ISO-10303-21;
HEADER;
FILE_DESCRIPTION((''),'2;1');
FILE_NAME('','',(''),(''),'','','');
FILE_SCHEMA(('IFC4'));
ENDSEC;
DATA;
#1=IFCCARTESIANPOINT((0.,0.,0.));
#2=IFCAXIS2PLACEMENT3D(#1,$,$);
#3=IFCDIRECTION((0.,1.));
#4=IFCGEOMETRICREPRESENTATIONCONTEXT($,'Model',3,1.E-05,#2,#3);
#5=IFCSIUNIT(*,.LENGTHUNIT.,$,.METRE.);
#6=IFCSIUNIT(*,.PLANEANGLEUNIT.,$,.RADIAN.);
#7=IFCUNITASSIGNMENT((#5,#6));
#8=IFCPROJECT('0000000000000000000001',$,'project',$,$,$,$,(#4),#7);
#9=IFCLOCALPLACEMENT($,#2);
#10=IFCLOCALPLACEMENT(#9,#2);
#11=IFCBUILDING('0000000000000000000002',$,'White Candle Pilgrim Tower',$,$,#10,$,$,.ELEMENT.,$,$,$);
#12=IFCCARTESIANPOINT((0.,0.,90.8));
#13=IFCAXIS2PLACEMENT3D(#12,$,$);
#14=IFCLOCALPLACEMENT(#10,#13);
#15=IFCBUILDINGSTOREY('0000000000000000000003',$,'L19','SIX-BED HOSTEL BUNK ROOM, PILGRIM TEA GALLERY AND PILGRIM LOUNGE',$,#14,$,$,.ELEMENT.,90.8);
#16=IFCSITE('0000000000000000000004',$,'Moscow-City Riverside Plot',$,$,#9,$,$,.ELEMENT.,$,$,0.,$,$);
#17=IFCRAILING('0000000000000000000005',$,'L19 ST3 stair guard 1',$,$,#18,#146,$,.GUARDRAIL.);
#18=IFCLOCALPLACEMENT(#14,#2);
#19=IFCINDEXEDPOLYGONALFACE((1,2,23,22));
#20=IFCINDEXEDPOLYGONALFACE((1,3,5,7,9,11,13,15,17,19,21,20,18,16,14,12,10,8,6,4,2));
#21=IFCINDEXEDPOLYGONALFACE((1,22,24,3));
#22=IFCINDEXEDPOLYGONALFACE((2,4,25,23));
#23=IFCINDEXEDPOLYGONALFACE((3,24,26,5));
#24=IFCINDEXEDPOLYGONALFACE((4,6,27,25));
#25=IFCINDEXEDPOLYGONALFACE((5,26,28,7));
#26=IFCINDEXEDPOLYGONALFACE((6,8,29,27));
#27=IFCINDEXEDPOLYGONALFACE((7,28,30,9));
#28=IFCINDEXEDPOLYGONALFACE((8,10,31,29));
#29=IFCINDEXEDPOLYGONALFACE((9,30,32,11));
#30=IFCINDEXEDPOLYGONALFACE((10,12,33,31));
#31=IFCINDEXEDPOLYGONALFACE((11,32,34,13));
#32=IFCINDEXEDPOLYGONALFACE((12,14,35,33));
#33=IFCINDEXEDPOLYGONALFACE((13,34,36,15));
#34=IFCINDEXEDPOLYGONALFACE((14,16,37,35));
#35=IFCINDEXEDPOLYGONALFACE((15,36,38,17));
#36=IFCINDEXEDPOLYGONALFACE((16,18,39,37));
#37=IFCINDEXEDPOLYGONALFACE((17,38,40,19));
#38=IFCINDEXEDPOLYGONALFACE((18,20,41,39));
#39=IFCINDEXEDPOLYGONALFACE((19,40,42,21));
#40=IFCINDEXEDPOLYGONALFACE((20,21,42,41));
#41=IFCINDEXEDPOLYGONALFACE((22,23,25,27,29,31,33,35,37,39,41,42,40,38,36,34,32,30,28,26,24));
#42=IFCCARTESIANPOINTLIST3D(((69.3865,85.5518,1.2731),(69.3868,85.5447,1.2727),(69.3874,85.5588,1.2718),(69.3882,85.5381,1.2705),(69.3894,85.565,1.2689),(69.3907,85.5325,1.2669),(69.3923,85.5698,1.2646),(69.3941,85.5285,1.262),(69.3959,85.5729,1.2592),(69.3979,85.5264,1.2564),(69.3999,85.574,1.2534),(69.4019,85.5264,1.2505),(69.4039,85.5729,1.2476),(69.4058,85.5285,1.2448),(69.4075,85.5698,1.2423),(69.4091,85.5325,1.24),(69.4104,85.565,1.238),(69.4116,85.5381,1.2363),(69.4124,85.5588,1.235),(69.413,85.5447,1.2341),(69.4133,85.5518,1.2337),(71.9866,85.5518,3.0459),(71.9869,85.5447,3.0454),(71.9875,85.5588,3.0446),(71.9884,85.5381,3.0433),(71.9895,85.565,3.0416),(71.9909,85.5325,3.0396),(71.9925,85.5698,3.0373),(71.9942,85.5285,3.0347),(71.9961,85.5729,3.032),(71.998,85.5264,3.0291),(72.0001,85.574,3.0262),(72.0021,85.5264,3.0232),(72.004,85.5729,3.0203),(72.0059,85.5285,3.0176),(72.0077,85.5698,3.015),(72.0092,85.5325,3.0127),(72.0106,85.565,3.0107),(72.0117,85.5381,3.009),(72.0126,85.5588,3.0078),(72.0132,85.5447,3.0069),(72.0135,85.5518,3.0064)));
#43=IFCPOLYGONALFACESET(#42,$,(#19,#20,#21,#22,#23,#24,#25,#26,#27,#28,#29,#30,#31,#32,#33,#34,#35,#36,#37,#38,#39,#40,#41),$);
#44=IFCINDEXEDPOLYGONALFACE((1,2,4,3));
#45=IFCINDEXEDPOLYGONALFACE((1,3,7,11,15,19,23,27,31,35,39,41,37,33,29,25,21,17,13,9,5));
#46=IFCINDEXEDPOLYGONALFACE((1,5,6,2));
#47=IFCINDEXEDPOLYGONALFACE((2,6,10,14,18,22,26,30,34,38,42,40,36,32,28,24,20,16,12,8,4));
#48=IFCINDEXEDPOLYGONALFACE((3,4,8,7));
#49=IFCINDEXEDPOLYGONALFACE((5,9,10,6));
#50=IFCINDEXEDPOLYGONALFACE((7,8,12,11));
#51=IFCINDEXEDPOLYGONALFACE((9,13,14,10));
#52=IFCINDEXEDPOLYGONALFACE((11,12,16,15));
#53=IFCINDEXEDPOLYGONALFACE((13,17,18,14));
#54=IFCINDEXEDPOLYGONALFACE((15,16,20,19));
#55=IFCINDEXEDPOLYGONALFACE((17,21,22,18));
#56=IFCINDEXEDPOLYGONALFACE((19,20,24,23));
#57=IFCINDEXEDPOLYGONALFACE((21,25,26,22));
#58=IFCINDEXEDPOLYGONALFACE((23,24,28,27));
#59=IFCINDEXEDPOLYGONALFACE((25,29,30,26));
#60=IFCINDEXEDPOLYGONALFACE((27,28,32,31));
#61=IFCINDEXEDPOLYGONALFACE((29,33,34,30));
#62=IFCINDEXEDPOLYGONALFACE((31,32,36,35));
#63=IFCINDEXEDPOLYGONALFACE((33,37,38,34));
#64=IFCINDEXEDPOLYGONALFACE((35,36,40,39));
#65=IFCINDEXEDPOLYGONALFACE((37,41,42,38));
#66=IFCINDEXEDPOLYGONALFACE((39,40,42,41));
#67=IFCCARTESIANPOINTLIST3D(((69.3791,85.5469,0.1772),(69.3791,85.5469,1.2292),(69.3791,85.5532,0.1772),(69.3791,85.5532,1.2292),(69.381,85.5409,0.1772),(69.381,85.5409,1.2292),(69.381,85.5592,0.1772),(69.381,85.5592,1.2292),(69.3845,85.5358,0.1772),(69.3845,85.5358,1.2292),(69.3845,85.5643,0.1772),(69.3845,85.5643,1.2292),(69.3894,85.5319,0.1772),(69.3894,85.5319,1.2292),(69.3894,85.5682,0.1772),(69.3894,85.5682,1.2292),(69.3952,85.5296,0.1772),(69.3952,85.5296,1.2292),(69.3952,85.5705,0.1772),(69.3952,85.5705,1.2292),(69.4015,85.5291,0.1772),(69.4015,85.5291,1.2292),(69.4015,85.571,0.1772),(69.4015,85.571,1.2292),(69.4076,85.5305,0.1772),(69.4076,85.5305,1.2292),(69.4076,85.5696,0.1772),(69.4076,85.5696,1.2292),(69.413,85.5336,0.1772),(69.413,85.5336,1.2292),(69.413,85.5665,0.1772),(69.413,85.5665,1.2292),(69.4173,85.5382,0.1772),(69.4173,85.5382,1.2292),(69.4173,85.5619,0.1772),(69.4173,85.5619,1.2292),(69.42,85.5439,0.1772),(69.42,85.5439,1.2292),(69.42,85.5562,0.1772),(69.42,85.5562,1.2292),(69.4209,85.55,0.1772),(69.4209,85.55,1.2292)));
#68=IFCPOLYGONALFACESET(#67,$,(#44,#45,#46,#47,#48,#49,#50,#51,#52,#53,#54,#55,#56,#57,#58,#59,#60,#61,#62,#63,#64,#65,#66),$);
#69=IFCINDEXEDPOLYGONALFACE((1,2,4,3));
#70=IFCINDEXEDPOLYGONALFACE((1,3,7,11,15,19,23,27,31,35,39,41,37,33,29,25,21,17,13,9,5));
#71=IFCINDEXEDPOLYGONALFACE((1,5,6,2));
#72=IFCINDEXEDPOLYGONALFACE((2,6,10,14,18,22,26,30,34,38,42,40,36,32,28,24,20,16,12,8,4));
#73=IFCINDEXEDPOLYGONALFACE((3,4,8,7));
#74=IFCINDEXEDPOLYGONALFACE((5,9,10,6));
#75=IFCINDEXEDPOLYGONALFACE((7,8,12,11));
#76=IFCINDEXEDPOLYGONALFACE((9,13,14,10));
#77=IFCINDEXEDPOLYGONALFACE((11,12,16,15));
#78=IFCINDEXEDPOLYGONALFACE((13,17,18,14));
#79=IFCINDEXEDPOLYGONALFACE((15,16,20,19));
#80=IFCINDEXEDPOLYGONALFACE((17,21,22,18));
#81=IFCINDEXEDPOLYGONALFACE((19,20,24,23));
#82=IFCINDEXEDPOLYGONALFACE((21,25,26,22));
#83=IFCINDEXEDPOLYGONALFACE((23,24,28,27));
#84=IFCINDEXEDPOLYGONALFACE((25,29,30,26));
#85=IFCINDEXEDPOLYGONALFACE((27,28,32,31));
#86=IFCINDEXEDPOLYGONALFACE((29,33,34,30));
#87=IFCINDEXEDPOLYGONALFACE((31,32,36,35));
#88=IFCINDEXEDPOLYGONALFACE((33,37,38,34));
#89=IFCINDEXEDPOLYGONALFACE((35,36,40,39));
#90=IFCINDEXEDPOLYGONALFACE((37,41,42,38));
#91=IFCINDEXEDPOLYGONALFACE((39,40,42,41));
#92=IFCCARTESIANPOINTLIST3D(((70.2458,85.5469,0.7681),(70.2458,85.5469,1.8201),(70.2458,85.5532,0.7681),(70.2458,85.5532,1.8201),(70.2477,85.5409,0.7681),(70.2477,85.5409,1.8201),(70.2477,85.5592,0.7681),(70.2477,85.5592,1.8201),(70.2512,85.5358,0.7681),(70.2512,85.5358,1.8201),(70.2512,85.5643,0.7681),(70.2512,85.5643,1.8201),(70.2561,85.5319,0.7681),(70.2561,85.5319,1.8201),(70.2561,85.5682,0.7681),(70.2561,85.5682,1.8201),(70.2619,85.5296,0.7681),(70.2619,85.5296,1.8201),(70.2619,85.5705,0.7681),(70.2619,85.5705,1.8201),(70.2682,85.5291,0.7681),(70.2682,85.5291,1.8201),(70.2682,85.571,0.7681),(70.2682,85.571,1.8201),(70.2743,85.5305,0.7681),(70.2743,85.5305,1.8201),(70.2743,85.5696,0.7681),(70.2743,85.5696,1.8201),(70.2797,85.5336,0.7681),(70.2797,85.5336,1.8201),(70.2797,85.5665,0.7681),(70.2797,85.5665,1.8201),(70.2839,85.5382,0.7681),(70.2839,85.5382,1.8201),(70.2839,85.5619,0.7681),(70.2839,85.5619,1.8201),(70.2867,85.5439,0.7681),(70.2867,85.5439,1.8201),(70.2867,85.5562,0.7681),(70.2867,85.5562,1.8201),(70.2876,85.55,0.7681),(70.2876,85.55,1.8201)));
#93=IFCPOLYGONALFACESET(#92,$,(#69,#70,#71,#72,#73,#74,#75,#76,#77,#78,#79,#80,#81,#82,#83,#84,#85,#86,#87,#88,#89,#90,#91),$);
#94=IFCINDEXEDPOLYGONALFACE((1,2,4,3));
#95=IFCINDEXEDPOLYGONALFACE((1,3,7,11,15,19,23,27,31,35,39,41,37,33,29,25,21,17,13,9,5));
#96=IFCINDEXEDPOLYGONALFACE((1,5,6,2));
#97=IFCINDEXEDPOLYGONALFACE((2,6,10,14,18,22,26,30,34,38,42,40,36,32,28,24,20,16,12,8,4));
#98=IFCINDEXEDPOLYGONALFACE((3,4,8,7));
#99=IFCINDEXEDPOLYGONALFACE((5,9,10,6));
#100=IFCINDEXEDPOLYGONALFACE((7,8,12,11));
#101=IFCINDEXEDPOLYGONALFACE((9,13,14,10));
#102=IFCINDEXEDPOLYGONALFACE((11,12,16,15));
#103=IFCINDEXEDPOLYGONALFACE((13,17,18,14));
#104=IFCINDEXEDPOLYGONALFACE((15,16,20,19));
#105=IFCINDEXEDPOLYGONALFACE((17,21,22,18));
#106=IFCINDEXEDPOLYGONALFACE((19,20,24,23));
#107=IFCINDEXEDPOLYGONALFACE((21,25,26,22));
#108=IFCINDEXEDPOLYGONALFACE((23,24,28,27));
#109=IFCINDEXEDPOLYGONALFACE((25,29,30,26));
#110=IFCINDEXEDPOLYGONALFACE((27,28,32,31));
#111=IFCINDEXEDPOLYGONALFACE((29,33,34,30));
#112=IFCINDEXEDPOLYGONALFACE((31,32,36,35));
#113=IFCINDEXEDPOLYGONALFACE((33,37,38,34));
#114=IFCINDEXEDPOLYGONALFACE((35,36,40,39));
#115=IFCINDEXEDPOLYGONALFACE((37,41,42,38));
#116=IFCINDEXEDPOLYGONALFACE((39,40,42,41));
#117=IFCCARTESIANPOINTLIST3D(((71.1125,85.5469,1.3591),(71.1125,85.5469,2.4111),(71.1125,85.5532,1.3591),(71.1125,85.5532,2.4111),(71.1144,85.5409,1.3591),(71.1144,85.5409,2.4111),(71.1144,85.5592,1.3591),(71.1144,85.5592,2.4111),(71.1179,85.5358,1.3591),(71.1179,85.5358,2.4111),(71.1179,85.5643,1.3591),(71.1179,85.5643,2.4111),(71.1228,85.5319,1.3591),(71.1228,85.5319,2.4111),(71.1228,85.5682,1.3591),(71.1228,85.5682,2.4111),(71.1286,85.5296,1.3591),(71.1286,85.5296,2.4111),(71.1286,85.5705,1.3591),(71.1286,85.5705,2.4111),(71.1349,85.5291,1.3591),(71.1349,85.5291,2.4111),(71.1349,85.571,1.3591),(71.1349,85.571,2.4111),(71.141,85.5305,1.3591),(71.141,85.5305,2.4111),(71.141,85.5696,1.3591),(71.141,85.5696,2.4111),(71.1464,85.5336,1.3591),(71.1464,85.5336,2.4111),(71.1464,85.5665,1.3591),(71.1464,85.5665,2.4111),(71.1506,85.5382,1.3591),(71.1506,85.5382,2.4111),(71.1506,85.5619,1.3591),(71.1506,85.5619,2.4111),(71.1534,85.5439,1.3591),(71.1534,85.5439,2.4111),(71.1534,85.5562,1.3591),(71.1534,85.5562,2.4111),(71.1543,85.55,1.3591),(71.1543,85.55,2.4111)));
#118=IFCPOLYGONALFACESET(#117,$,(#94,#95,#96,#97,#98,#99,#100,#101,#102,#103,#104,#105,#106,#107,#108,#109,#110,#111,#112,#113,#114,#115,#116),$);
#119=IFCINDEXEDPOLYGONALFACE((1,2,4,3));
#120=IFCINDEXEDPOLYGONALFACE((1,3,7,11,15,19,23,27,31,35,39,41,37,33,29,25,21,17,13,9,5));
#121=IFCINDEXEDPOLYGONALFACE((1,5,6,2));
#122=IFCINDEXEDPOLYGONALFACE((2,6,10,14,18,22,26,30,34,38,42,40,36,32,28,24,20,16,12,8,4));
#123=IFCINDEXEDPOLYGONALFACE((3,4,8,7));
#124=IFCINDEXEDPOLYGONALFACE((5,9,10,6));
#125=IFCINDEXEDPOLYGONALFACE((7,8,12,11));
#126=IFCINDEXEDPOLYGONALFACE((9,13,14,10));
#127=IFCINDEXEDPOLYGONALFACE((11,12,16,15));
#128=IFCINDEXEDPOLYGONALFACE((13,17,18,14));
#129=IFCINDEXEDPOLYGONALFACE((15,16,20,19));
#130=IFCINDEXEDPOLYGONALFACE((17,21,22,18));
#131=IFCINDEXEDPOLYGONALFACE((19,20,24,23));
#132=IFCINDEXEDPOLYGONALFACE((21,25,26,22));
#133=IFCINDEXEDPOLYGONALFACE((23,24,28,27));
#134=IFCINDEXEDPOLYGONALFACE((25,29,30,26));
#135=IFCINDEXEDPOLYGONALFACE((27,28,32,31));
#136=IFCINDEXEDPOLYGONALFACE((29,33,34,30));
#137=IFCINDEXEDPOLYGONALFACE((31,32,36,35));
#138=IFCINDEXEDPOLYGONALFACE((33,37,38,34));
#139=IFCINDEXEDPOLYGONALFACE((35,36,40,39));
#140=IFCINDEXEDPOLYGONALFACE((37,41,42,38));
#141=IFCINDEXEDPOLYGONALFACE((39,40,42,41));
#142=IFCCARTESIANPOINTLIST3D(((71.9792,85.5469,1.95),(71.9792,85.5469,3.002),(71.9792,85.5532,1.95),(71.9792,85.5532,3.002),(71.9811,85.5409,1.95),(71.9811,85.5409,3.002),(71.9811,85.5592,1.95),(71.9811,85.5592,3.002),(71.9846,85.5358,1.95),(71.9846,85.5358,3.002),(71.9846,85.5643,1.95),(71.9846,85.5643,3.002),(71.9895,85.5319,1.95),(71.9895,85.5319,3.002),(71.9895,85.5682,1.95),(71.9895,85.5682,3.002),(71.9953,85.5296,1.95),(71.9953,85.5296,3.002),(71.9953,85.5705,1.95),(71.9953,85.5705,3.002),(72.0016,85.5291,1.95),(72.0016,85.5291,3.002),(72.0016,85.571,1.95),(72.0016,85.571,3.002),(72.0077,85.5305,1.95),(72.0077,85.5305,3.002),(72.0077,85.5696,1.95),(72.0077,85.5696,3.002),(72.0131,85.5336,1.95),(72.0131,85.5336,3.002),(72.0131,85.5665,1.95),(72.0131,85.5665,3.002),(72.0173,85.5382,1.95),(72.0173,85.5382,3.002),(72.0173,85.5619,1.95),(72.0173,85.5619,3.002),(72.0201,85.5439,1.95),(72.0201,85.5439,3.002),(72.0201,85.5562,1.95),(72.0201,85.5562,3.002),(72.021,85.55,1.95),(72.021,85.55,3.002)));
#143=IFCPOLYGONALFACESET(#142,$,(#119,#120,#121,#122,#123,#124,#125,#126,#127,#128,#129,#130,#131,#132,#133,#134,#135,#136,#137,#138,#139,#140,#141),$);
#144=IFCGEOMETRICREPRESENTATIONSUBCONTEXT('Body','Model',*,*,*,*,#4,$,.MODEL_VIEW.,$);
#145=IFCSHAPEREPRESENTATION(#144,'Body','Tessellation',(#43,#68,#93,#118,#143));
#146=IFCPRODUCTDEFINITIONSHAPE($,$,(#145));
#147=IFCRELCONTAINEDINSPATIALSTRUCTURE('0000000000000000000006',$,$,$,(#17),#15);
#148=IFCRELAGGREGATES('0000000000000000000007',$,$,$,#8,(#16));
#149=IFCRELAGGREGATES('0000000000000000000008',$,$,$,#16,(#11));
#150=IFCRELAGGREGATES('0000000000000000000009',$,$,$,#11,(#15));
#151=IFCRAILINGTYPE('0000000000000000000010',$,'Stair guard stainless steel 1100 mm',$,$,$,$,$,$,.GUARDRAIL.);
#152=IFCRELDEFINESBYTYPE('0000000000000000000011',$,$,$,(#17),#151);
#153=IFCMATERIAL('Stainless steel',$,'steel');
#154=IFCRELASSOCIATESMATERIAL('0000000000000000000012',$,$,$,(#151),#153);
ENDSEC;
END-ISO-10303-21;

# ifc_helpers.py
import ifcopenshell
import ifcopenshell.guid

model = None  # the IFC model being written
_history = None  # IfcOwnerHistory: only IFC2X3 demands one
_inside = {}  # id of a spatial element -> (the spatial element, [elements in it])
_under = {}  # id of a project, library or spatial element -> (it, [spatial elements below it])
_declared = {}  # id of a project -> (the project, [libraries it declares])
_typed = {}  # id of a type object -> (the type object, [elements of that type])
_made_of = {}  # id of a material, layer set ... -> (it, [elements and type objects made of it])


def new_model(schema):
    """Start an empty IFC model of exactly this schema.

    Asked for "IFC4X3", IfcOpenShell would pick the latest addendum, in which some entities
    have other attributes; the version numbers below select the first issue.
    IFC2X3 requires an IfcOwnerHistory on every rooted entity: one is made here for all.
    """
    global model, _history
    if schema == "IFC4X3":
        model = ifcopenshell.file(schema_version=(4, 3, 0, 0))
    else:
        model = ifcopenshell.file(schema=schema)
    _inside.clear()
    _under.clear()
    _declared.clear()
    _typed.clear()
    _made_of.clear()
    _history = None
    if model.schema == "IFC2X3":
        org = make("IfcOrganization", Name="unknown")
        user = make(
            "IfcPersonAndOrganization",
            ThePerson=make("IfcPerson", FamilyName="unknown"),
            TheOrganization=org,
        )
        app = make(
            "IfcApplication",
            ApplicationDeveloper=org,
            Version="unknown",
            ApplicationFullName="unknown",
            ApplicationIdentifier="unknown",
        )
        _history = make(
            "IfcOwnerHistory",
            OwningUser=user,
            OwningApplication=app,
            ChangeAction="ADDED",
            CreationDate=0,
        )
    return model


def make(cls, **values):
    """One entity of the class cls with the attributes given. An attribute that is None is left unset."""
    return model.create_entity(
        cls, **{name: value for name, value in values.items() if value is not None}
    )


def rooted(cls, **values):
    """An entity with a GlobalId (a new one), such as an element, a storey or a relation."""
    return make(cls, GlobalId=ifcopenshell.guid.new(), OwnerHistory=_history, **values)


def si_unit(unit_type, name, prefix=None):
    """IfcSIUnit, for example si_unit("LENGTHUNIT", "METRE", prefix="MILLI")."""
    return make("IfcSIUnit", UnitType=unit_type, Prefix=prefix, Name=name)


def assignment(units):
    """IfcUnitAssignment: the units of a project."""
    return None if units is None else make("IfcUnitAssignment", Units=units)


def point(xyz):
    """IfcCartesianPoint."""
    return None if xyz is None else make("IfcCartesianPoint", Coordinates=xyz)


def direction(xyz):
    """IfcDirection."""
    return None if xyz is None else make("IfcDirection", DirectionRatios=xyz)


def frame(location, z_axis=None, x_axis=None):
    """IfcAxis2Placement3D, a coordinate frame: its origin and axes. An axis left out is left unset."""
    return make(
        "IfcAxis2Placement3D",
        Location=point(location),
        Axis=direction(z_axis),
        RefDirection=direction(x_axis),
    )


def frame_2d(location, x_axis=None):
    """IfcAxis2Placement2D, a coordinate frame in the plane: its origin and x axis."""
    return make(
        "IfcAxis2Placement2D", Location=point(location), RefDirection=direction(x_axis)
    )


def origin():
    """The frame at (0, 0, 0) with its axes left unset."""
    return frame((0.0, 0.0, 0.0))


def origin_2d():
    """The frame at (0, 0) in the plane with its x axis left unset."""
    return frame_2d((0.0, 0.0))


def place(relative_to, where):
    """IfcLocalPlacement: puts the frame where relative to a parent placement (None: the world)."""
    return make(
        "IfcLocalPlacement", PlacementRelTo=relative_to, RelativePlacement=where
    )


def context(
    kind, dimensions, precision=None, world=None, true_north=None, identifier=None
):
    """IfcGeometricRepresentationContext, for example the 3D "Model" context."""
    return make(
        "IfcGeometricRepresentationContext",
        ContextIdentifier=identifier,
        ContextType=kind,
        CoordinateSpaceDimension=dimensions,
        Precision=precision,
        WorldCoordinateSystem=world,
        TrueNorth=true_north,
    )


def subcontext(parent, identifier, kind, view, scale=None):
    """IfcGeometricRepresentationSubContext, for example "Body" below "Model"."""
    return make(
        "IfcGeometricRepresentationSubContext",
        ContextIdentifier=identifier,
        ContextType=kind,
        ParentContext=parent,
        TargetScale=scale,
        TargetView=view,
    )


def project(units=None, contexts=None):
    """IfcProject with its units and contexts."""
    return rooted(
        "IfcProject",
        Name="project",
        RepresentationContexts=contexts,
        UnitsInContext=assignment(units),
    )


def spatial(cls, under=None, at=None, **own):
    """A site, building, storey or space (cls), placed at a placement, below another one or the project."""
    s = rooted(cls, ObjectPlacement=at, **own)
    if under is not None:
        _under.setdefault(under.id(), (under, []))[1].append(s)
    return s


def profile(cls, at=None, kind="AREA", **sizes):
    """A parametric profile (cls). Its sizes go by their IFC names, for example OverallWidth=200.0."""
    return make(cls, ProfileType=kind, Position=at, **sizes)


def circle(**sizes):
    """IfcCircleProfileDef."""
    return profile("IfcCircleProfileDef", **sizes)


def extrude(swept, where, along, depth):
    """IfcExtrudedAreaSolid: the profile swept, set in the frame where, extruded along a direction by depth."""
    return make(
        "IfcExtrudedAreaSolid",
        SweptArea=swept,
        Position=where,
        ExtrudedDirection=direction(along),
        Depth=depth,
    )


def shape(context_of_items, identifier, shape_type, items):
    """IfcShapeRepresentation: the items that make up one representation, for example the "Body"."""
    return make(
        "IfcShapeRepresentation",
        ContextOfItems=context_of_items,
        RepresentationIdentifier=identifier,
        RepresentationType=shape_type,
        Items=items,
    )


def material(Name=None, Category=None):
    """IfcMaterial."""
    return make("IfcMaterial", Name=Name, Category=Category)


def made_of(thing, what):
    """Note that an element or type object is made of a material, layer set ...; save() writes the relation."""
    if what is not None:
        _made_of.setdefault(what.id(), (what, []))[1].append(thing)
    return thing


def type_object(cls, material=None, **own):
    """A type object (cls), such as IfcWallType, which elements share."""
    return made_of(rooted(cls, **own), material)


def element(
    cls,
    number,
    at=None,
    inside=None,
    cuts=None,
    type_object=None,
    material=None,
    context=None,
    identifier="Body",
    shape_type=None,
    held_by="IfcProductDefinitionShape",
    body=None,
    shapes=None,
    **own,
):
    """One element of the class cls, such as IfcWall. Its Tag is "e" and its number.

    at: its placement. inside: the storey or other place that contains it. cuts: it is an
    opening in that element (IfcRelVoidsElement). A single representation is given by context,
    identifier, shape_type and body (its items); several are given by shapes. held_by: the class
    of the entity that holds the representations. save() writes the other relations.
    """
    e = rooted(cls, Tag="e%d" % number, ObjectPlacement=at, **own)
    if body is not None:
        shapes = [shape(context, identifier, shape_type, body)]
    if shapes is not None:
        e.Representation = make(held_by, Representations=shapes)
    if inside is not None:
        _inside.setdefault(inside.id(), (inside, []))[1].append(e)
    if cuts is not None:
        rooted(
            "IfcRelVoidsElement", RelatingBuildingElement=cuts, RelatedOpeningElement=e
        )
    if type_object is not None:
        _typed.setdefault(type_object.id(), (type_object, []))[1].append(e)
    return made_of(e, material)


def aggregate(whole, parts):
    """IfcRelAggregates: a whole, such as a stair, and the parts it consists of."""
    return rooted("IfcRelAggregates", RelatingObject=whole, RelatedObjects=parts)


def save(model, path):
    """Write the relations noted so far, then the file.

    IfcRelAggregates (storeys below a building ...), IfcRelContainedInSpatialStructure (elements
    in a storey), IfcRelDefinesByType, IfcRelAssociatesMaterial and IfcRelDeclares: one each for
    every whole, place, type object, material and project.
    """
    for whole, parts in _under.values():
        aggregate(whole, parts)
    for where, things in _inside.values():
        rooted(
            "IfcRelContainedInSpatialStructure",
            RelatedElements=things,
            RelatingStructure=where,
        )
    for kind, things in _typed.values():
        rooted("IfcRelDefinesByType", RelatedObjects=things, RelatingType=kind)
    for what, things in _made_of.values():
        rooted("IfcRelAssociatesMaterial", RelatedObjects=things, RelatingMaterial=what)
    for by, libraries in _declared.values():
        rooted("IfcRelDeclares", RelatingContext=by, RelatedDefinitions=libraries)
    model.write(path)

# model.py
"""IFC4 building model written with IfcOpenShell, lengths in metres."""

from ifc_helpers import new_model, si_unit, direction, frame, origin, origin_2d, place, context, subcontext, project, spatial, circle, extrude, material, type_object, element, save


model = new_model("IFC4")

# Units and contexts
model_context = context("Model", 3, precision=1e-05, world=origin(), true_north=direction((0.0, 1.0)))
body_context = subcontext(model_context, "Body", "Model", "MODEL_VIEW")
ifc_project = project(units=[si_unit("LENGTHUNIT", "METRE"), si_unit("PLANEANGLEUNIT", "RADIAN")], contexts=[model_context])

# Site, building, storey
site_placement = place(None, origin())
site = spatial("IfcSite", under=ifc_project, at=site_placement, Name="Moscow-City Riverside Plot", CompositionType="ELEMENT", RefElevation=0.0)
building_placement = place(site_placement, origin())
building = spatial("IfcBuilding", under=site, at=building_placement, Name="White Candle Pilgrim Tower", CompositionType="ELEMENT")
storey_placement = place(building_placement, frame((0.0, 0.0, 90.8)))
storey = spatial("IfcBuildingStorey", under=building, at=storey_placement, Name="L19", Description="SIX-BED HOSTEL BUNK ROOM, PILGRIM TEA GALLERY AND PILGRIM LOUNGE", CompositionType="ELEMENT", Elevation=90.8)

# Railing
ifc_material_1 = material(Name="Stainless steel", Category="steel")
railing_type_1 = type_object("IfcRailingType", Name="Stair guard stainless steel 1100 mm", PredefinedType="GUARDRAIL", material=ifc_material_1)
railing_1_placement = place(storey_placement, frame((69.3999, 85.55, 0.1772)))
element("IfcRailing", 1, at=railing_1_placement, inside=storey, type_object=railing_type_1, Name="L19 ST3 stair guard 1", PredefinedType="GUARDRAIL", context=body_context, shape_type="SweptSolid", body=[
    extrude(circle(Radius=0.0239, at=origin_2d()), frame((0.0, 0.0, 1.0762), z_axis=(0.82624, 0.0, 0.563318), x_axis=(0.0, 1.0, 0.0)), (0.0, 0.0, 1.0), 3.147),
    extrude(circle(Radius=0.021, at=origin_2d()), origin(), (0.0, 0.0, 1.0), 1.052),
    extrude(circle(Radius=0.021, at=origin_2d()), frame((0.8667, 0.0, 0.5908)), (0.0, 0.0, 1.0), 1.052),
    extrude(circle(Radius=0.021, at=origin_2d()), frame((1.7334, 0.0, 1.1819)), (0.0, 0.0, 1.0), 1.052),
    extrude(circle(Radius=0.021, at=origin_2d()), frame((2.6001, 0.0, 1.7727)), (0.0, 0.0, 1.0), 1.052),
])

save(model, "model.ifc")
